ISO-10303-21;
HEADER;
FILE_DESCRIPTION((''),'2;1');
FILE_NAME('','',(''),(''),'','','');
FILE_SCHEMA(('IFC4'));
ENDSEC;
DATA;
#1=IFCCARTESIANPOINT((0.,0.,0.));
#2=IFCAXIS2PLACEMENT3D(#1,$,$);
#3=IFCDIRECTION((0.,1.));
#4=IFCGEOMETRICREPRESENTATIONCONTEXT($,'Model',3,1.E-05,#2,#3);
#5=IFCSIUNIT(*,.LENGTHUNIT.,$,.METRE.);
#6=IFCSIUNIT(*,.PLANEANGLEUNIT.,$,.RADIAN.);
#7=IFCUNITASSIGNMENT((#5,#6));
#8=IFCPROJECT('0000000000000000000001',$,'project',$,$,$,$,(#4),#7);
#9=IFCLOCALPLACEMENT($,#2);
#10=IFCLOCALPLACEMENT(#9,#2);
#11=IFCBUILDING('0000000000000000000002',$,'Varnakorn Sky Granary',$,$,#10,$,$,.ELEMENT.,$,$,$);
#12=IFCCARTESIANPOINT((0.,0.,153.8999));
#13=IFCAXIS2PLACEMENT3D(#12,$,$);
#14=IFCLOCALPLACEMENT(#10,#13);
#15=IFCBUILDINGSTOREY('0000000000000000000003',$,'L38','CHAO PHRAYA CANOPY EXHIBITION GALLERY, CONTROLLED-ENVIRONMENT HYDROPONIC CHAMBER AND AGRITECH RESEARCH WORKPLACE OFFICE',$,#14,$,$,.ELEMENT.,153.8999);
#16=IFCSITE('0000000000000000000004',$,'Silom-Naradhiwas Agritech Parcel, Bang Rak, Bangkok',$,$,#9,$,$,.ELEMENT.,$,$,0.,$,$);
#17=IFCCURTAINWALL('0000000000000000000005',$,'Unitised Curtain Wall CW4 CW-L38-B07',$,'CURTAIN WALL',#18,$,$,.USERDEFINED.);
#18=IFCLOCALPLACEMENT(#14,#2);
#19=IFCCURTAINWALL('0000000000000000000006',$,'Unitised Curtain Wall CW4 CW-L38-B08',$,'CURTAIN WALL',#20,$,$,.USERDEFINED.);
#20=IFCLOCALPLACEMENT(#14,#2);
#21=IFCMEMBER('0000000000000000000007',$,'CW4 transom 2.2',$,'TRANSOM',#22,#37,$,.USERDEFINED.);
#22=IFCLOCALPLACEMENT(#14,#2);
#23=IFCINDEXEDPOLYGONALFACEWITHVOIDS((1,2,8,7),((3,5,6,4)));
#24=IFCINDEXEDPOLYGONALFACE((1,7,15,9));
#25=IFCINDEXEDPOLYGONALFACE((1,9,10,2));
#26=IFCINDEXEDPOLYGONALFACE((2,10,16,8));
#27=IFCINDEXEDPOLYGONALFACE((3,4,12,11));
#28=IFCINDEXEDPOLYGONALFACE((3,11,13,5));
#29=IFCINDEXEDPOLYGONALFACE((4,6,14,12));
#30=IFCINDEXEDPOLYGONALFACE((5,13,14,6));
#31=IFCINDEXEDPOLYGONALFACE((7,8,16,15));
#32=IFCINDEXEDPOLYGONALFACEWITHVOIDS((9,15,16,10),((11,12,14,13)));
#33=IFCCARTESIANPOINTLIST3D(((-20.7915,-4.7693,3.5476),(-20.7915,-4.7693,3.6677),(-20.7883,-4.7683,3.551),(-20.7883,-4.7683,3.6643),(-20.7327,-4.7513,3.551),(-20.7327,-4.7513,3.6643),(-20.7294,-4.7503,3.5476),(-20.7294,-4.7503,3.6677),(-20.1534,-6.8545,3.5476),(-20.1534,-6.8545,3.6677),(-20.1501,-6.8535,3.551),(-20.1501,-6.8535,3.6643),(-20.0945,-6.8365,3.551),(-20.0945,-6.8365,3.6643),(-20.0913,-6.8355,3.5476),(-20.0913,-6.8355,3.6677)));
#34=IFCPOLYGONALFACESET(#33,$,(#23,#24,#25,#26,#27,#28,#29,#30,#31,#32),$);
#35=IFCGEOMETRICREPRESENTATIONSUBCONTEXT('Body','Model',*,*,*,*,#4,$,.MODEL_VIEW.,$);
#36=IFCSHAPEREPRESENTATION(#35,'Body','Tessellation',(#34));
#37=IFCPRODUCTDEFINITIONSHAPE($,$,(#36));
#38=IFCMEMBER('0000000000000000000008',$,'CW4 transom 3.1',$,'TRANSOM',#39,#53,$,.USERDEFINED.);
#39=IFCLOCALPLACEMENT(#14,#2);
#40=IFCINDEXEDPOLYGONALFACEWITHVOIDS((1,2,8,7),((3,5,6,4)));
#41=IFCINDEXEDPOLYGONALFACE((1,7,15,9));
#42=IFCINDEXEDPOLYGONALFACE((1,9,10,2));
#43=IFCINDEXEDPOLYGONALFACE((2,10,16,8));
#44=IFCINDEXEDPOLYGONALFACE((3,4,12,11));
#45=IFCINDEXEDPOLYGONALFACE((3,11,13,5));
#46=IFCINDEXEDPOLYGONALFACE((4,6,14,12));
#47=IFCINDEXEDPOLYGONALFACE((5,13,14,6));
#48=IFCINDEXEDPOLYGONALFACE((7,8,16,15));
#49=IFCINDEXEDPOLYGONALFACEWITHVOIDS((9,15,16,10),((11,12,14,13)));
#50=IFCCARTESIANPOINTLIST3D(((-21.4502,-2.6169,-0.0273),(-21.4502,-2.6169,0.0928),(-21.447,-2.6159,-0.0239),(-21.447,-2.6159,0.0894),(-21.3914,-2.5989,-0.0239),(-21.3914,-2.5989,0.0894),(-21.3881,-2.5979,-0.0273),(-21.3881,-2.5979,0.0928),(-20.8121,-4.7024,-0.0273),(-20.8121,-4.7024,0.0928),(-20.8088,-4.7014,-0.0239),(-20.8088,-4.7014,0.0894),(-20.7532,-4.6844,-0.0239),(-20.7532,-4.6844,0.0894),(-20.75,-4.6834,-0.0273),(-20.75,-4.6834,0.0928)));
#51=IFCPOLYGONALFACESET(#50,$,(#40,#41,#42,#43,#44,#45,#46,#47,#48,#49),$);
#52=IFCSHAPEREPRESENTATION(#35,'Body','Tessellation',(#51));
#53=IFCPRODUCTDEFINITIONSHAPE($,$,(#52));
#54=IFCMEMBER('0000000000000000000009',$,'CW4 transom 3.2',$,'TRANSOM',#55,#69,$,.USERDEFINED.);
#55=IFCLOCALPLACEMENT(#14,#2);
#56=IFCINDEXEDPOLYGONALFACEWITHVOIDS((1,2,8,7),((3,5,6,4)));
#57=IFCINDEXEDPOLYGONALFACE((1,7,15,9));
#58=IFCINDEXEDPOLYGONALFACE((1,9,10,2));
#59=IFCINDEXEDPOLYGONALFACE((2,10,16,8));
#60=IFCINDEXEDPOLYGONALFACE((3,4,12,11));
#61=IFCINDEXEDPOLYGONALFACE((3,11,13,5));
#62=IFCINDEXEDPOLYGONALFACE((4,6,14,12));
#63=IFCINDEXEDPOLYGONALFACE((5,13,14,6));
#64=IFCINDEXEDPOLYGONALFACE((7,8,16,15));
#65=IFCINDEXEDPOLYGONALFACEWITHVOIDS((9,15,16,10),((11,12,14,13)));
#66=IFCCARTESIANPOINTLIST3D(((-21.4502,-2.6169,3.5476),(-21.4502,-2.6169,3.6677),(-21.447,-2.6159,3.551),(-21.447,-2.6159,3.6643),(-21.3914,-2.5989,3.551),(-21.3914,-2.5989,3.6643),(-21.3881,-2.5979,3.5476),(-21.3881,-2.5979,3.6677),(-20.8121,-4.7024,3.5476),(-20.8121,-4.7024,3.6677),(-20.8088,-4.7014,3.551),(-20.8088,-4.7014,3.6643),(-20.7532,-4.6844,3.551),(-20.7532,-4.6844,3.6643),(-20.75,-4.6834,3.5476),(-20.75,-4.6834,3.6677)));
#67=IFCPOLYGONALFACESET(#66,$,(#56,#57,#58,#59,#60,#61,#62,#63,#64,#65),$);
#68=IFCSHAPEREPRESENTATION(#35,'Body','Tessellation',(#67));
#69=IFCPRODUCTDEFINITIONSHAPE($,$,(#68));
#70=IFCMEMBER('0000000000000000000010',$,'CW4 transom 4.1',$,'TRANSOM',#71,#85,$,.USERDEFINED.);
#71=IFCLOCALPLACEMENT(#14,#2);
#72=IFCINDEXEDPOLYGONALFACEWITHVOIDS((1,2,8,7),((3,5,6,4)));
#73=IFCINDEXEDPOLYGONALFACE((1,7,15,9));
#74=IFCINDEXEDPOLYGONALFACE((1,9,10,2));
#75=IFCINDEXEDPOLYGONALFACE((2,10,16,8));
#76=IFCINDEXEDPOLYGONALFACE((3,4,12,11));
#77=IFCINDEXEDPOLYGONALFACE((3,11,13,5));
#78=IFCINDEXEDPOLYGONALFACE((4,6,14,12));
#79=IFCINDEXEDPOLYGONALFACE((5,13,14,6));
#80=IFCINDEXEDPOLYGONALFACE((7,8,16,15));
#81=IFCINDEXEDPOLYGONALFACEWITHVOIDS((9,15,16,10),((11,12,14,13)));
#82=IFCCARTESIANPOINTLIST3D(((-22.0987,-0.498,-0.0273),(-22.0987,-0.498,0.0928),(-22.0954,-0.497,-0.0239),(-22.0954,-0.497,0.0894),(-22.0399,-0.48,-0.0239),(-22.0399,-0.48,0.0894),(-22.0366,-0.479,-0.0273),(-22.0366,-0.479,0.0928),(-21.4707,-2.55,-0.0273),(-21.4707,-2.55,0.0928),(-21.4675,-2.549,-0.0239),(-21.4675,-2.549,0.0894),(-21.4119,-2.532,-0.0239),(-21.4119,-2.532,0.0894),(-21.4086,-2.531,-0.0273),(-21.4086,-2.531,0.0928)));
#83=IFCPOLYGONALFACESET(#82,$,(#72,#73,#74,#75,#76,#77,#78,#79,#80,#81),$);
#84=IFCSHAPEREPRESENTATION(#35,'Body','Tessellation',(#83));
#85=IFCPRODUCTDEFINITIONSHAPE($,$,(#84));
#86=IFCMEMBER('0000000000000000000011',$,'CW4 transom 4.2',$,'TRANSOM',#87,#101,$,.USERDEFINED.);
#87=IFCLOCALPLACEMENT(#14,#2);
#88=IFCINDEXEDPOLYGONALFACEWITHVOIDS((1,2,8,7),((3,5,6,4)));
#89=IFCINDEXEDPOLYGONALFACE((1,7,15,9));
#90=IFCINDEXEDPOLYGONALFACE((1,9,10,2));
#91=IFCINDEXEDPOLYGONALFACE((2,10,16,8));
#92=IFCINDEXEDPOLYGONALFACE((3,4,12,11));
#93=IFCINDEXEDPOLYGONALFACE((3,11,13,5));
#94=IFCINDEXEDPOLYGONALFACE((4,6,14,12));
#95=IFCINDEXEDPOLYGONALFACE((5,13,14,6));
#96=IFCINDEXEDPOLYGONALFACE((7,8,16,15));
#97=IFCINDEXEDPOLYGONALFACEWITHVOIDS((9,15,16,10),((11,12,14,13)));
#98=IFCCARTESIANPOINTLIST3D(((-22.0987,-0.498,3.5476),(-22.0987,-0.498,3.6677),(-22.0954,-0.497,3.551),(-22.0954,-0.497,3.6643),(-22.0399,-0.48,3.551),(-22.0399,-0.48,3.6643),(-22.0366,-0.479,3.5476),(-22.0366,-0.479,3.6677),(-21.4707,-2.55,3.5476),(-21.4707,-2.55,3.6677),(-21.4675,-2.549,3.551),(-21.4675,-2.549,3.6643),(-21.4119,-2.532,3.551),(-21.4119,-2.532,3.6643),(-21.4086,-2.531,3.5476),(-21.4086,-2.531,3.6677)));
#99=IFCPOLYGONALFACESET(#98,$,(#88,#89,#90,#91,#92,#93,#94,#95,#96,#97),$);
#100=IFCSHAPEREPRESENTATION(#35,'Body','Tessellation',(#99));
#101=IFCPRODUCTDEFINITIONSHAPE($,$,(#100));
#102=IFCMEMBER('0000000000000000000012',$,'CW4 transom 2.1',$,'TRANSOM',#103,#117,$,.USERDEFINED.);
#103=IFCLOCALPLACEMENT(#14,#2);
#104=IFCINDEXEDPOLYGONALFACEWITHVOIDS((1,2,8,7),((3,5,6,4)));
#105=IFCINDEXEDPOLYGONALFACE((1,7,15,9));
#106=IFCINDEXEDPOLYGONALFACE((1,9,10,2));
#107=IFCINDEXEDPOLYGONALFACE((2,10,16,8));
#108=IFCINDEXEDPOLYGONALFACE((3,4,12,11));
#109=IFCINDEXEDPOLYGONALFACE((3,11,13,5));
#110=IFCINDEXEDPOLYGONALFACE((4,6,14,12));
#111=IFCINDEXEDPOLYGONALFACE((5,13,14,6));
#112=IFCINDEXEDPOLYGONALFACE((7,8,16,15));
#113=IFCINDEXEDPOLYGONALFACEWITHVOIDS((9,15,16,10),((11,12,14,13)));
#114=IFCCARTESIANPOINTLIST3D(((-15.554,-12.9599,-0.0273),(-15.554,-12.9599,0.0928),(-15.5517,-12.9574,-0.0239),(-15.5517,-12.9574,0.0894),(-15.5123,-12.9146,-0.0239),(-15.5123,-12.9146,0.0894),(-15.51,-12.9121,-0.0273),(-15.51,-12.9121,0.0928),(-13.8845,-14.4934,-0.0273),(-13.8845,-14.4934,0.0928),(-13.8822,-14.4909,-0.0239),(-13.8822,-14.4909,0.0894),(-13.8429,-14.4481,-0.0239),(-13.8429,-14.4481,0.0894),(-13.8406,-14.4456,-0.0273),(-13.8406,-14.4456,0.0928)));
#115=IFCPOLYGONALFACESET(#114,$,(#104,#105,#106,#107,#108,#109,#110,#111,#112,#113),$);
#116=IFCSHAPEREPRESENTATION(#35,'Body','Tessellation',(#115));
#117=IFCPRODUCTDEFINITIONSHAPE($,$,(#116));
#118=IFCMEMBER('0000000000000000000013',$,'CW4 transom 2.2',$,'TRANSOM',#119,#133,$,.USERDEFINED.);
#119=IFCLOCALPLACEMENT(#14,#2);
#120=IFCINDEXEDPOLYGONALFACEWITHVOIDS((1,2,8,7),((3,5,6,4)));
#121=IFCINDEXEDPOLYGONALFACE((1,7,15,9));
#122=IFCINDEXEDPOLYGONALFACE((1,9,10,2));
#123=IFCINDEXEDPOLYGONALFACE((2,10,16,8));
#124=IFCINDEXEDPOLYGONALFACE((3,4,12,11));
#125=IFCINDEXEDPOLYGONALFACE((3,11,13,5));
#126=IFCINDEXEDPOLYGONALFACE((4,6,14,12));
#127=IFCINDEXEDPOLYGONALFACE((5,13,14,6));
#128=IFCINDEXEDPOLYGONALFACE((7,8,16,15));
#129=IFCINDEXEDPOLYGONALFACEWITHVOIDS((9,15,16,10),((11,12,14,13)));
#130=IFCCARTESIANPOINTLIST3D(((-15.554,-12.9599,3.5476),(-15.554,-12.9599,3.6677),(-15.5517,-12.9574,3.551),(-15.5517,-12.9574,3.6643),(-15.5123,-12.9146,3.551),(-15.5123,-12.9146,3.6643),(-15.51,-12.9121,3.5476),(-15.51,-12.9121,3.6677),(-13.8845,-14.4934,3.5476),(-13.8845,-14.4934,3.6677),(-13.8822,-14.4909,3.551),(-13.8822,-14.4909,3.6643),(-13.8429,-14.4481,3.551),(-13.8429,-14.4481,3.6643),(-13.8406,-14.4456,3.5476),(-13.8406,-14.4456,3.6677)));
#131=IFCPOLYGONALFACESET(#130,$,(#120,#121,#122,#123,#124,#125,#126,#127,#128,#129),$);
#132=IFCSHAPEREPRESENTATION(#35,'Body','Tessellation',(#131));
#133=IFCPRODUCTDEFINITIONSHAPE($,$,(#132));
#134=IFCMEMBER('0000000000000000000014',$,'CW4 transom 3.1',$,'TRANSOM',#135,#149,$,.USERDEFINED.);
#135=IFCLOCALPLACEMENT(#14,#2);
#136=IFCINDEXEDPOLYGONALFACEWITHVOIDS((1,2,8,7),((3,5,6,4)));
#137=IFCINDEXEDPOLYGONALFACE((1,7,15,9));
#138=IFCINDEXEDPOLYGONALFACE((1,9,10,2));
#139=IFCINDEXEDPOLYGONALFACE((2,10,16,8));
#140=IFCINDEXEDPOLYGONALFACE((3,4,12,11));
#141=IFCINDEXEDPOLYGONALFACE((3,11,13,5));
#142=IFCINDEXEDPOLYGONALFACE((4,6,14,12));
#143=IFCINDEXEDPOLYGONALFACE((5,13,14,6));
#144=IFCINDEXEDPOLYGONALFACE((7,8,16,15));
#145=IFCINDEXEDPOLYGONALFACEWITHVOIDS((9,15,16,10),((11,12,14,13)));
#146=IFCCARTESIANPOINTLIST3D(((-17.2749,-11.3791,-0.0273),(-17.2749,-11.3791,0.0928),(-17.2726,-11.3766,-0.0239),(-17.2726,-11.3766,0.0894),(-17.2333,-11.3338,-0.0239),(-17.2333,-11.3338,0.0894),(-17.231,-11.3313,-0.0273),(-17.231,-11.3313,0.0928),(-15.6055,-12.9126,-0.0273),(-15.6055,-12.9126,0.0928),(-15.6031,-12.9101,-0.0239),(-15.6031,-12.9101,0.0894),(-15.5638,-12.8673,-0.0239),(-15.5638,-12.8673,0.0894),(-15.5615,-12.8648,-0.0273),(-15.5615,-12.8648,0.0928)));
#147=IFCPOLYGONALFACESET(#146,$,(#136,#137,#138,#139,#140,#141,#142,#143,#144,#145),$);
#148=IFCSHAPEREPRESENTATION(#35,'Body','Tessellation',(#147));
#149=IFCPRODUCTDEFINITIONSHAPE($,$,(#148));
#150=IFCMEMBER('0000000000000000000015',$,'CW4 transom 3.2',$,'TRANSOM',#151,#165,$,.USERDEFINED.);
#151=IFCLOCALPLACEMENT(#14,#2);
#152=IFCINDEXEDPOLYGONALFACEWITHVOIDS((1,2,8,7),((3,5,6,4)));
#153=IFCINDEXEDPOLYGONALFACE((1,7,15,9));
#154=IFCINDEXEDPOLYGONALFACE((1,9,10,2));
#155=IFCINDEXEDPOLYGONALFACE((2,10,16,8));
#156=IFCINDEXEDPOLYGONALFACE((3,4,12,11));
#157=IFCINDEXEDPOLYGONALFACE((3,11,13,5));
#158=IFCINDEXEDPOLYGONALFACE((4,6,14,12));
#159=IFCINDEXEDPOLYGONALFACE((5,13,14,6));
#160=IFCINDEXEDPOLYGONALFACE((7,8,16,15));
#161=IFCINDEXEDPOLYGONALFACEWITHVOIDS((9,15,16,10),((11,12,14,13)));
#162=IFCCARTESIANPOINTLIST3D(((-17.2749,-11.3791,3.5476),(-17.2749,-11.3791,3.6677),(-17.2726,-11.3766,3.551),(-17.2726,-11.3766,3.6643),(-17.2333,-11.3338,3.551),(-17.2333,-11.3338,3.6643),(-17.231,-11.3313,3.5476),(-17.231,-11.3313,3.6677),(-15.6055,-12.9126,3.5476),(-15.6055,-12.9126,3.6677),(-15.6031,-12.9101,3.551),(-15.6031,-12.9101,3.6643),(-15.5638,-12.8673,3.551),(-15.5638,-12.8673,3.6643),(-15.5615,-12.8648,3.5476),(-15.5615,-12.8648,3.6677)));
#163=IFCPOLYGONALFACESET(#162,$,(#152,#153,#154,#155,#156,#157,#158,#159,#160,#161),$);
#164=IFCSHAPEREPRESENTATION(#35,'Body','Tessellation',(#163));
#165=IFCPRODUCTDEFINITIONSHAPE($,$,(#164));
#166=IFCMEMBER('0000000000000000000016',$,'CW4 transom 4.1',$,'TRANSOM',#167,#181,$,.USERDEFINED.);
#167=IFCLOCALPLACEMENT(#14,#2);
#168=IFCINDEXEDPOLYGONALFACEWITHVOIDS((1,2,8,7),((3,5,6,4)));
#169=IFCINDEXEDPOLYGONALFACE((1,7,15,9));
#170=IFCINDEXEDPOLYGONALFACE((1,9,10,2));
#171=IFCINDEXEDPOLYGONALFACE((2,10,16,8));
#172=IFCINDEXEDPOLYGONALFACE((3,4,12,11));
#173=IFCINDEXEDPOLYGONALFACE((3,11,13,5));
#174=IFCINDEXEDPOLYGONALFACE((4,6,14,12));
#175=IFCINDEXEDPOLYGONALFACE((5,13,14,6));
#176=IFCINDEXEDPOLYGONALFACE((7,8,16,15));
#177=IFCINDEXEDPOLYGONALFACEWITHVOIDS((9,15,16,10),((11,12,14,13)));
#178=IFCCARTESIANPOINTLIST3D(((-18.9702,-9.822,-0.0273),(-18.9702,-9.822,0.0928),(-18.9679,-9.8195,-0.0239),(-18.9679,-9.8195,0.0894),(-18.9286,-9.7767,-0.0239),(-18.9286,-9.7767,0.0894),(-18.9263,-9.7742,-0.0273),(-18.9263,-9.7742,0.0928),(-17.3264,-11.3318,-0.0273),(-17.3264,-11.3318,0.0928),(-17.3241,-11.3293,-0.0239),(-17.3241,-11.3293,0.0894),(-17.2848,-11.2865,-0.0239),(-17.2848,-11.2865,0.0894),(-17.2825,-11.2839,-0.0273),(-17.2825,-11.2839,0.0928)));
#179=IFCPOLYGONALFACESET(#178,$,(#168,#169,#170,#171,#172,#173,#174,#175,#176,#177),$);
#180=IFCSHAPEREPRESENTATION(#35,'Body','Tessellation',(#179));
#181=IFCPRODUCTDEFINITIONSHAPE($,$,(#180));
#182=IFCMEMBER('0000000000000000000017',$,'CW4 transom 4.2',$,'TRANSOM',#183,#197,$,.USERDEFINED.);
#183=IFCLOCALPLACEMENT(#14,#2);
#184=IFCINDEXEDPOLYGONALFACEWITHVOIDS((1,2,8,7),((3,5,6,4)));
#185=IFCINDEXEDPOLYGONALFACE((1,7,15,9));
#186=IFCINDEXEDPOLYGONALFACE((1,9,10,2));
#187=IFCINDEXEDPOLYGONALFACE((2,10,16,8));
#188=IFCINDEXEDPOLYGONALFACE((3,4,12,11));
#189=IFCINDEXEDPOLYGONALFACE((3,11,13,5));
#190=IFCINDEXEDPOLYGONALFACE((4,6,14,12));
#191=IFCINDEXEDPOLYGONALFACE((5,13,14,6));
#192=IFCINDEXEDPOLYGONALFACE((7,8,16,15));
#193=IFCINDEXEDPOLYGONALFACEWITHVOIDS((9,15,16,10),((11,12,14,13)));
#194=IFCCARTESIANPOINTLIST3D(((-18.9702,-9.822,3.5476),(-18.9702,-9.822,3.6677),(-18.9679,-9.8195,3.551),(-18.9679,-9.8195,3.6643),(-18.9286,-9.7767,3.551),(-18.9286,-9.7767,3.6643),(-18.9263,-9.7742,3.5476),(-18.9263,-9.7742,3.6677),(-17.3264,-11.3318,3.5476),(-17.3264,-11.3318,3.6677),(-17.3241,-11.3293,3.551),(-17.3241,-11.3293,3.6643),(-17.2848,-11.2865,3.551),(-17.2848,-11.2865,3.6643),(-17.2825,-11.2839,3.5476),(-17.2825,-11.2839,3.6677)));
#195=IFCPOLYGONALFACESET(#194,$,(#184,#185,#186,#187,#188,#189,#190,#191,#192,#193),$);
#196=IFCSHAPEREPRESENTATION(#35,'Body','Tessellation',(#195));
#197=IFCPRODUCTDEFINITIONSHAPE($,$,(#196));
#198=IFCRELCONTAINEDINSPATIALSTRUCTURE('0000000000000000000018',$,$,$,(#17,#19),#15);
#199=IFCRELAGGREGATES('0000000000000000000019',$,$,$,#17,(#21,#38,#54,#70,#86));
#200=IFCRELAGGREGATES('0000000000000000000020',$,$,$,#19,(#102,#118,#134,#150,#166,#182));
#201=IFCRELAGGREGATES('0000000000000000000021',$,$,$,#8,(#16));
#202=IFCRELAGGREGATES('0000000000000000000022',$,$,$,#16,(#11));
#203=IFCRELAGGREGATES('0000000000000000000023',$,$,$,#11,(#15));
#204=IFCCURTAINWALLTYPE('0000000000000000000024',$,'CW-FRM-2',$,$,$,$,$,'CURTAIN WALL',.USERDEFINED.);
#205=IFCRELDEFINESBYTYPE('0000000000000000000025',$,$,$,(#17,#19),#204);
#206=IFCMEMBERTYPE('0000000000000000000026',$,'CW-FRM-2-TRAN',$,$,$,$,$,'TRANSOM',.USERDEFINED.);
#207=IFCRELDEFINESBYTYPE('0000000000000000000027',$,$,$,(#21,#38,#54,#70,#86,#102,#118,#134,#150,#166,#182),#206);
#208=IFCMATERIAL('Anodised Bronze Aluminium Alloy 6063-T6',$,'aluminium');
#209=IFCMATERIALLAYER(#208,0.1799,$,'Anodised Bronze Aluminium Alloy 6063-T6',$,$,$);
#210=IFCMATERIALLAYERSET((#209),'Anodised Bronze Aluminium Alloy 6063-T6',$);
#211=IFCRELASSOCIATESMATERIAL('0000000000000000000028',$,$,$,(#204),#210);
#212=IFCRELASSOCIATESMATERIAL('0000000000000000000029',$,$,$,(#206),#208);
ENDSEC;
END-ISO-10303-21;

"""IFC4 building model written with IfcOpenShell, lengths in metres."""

from ifc_helpers import new_model, si_unit, direction, frame, origin, origin_2d, place, context, subcontext, project, spatial, hollow_rectangle, extrude, material, layer, layer_set, material_profile, profile_set, type_object, element, aggregate, save


model = new_model("IFC4")

# Units and contexts
model_context = context("Model", 3, precision=1e-05, world=origin(), true_north=direction((0.0, 1.0)))
body_context = subcontext(model_context, "Body", "Model", "MODEL_VIEW")
ifc_project = project(units=[si_unit("LENGTHUNIT", "METRE"), si_unit("PLANEANGLEUNIT", "RADIAN")], contexts=[model_context])

# Site, building, storey
site_placement = place(None, origin())
site = spatial("IfcSite", under=ifc_project, at=site_placement, Name="Silom-Naradhiwas Agritech Parcel, Bang Rak, Bangkok", CompositionType="ELEMENT", RefElevation=0.0)
building_placement = place(site_placement, origin())
building = spatial("IfcBuilding", under=site, at=building_placement, Name="Varnakorn Sky Granary", CompositionType="ELEMENT")
storey_placement = place(building_placement, frame((0.0, 0.0, 153.8999)))
storey = spatial("IfcBuildingStorey", under=building, at=storey_placement, Name="L38", Description="CHAO PHRAYA CANOPY EXHIBITION GALLERY, CONTROLLED-ENVIRONMENT HYDROPONIC CHAMBER AND AGRITECH RESEARCH WORKPLACE OFFICE", CompositionType="ELEMENT", Elevation=153.8999)

# Curtain walls
ifc_material_1 = material(Name="Anodised Bronze Aluminium Alloy 6063-T6", Category="aluminium")
ifc_layer_1 = layer(ifc_material_1, 0.1799, Name="Anodised Bronze Aluminium Alloy 6063-T6")
ifc_layer_set_1 = layer_set([ifc_layer_1], Name="Anodised Bronze Aluminium Alloy 6063-T6")
curtain_wall_type = type_object("IfcCurtainWallType", Name="CW-FRM-2", ElementType="CURTAIN WALL", PredefinedType="USERDEFINED", material=ifc_layer_set_1)
curtain_wall_1_placement = place(storey_placement, origin())
curtain_wall_1 = element("IfcCurtainWall", 1, at=curtain_wall_1_placement, inside=storey, type_object=curtain_wall_type, Name="Unitised Curtain Wall CW4 CW-L38-B07", ObjectType="CURTAIN WALL", PredefinedType="USERDEFINED")
curtain_wall_2_placement = place(storey_placement, origin())
curtain_wall_2 = element("IfcCurtainWall", 2, at=curtain_wall_2_placement, inside=storey, type_object=curtain_wall_type, Name="Unitised Curtain Wall CW4 CW-L38-B08", ObjectType="CURTAIN WALL", PredefinedType="USERDEFINED")

# Members
ifc_material_profile_1 = material_profile(ifc_material_1, hollow_rectangle(XDim=0.0649, YDim=0.1201, WallThickness=0.0034, at=origin_2d()), Name="ALU TRAN 65x120")
ifc_profile_set_1 = profile_set([ifc_material_profile_1], Name="Anodised Bronze Aluminium Alloy 6063-T6")
member_type_1 = type_object("IfcMemberType", Name="CW-FRM-2-TRAN", ElementType="TRANSOM", PredefinedType="USERDEFINED", material=ifc_profile_set_1)
member_1_placement = place(storey_placement, frame((-20.1223, -6.845, 3.6077), z_axis=(-0.292654, 0.956218, 0.0), x_axis=(-0.956218, -0.292654, 0.0)))
member_1 = element("IfcMember", 3, at=member_1_placement, type_object=member_type_1, Name="CW4 transom 2.2", ObjectType="TRANSOM", PredefinedType="USERDEFINED", context=body_context, shape_type="SweptSolid", body=[
    extrude(hollow_rectangle(XDim=0.0649, YDim=0.1201, WallThickness=0.0034, at=origin_2d()), origin(), (0.0, 0.0, 1.0), 2.1807),
])
member_2_placement = place(storey_placement, frame((-20.781, -4.6929, 0.0327), z_axis=(-0.292622, 0.956228, 0.0), x_axis=(-0.956228, -0.292622, 0.0)))
member_2 = element("IfcMember", 4, at=member_2_placement, type_object=member_type_1, Name="CW4 transom 3.1", ObjectType="TRANSOM", PredefinedType="USERDEFINED", context=body_context, shape_type="SweptSolid", body=[
    extrude(hollow_rectangle(XDim=0.0649, YDim=0.1201, WallThickness=0.0034, at=origin_2d()), origin(), (0.0, 0.0, 1.0), 2.1809),
])
member_3_placement = place(storey_placement, frame((-20.781, -4.6929, 3.6077), z_axis=(-0.292622, 0.956228, 0.0), x_axis=(-0.956228, -0.292622, 0.0)))
member_3 = element("IfcMember", 5, at=member_3_placement, type_object=member_type_1, Name="CW4 transom 3.2", ObjectType="TRANSOM", PredefinedType="USERDEFINED", context=body_context, shape_type="SweptSolid", body=[
    extrude(hollow_rectangle(XDim=0.0649, YDim=0.1201, WallThickness=0.0034, at=origin_2d()), origin(), (0.0, 0.0, 1.0), 2.1809),
])
member_4_placement = place(storey_placement, frame((-21.4397, -2.5405, 0.0327), z_axis=(-0.292614, 0.95623, 0.0), x_axis=(-0.95623, -0.292614, 0.0)))
member_4 = element("IfcMember", 6, at=member_4_placement, type_object=member_type_1, Name="CW4 transom 4.1", ObjectType="TRANSOM", PredefinedType="USERDEFINED", context=body_context, shape_type="SweptSolid", body=[
    extrude(hollow_rectangle(XDim=0.0649, YDim=0.1201, WallThickness=0.0034, at=origin_2d()), origin(), (0.0, 0.0, 1.0), 2.146),
])
member_5_placement = place(storey_placement, frame((-21.4397, -2.5405, 3.6077), z_axis=(-0.292614, 0.95623, 0.0), x_axis=(-0.95623, -0.292614, 0.0)))
member_5 = element("IfcMember", 7, at=member_5_placement, type_object=member_type_1, Name="CW4 transom 4.2", ObjectType="TRANSOM", PredefinedType="USERDEFINED", context=body_context, shape_type="SweptSolid", body=[
    extrude(hollow_rectangle(XDim=0.0649, YDim=0.1201, WallThickness=0.0034, at=origin_2d()), origin(), (0.0, 0.0, 1.0), 2.146),
])
member_6_placement = place(storey_placement, frame((-13.8625, -14.4695, 0.0327), z_axis=(-0.736465, 0.676475, 0.0), x_axis=(-0.676475, -0.736465, 0.0)))
member_6 = element("IfcMember", 8, at=member_6_placement, type_object=member_type_1, Name="CW4 transom 2.1", ObjectType="TRANSOM", PredefinedType="USERDEFINED", context=body_context, shape_type="SweptSolid", body=[
    extrude(hollow_rectangle(XDim=0.0649, YDim=0.1201, WallThickness=0.0034, at=origin_2d()), origin(), (0.0, 0.0, 1.0), 2.2668),
])
member_7_placement = place(storey_placement, frame((-13.8625, -14.4695, 3.6077), z_axis=(-0.736465, 0.676475, 0.0), x_axis=(-0.676475, -0.736465, 0.0)))
member_7 = element("IfcMember", 9, at=member_7_placement, type_object=member_type_1, Name="CW4 transom 2.2", ObjectType="TRANSOM", PredefinedType="USERDEFINED", context=body_context, shape_type="SweptSolid", body=[
    extrude(hollow_rectangle(XDim=0.0649, YDim=0.1201, WallThickness=0.0034, at=origin_2d()), origin(), (0.0, 0.0, 1.0), 2.2668),
])
member_8_placement = place(storey_placement, frame((-15.5835, -12.8887, 0.0327), z_axis=(-0.736465, 0.676475, 0.0), x_axis=(-0.676475, -0.736465, 0.0)))
member_8 = element("IfcMember", 10, at=member_8_placement, type_object=member_type_1, Name="CW4 transom 3.1", ObjectType="TRANSOM", PredefinedType="USERDEFINED", context=body_context, shape_type="SweptSolid", body=[
    extrude(hollow_rectangle(XDim=0.0649, YDim=0.1201, WallThickness=0.0034, at=origin_2d()), origin(), (0.0, 0.0, 1.0), 2.2668),
])
member_9_placement = place(storey_placement, frame((-15.5835, -12.8887, 3.6077), z_axis=(-0.736465, 0.676475, 0.0), x_axis=(-0.676475, -0.736465, 0.0)))
member_9 = element("IfcMember", 11, at=member_9_placement, type_object=member_type_1, Name="CW4 transom 3.2", ObjectType="TRANSOM", PredefinedType="USERDEFINED", context=body_context, shape_type="SweptSolid", body=[
    extrude(hollow_rectangle(XDim=0.0649, YDim=0.1201, WallThickness=0.0034, at=origin_2d()), origin(), (0.0, 0.0, 1.0), 2.2668),
])
member_10_placement = place(storey_placement, frame((-17.3044, -11.3079, 0.0327), z_axis=(-0.736495, 0.676443, 0.0), x_axis=(-0.676443, -0.736495, 0.0)))
member_10 = element("IfcMember", 12, at=member_10_placement, type_object=member_type_1, Name="CW4 transom 4.1", ObjectType="TRANSOM", PredefinedType="USERDEFINED", context=body_context, shape_type="SweptSolid", body=[
    extrude(hollow_rectangle(XDim=0.0649, YDim=0.1201, WallThickness=0.0034, at=origin_2d()), origin(), (0.0, 0.0, 1.0), 2.2319),
])
member_11_placement = place(storey_placement, frame((-17.3044, -11.3079, 3.6077), z_axis=(-0.736495, 0.676443, 0.0), x_axis=(-0.676443, -0.736495, 0.0)))
member_11 = element("IfcMember", 13, at=member_11_placement, type_object=member_type_1, Name="CW4 transom 4.2", ObjectType="TRANSOM", PredefinedType="USERDEFINED", context=body_context, shape_type="SweptSolid", body=[
    extrude(hollow_rectangle(XDim=0.0649, YDim=0.1201, WallThickness=0.0034, at=origin_2d()), origin(), (0.0, 0.0, 1.0), 2.2319),
])

aggregate(curtain_wall_1, [member_1, member_2, member_3, member_4, member_5])
aggregate(curtain_wall_2, [member_6, member_7, member_8, member_9, member_10, member_11])

save(model, "model.ifc")
